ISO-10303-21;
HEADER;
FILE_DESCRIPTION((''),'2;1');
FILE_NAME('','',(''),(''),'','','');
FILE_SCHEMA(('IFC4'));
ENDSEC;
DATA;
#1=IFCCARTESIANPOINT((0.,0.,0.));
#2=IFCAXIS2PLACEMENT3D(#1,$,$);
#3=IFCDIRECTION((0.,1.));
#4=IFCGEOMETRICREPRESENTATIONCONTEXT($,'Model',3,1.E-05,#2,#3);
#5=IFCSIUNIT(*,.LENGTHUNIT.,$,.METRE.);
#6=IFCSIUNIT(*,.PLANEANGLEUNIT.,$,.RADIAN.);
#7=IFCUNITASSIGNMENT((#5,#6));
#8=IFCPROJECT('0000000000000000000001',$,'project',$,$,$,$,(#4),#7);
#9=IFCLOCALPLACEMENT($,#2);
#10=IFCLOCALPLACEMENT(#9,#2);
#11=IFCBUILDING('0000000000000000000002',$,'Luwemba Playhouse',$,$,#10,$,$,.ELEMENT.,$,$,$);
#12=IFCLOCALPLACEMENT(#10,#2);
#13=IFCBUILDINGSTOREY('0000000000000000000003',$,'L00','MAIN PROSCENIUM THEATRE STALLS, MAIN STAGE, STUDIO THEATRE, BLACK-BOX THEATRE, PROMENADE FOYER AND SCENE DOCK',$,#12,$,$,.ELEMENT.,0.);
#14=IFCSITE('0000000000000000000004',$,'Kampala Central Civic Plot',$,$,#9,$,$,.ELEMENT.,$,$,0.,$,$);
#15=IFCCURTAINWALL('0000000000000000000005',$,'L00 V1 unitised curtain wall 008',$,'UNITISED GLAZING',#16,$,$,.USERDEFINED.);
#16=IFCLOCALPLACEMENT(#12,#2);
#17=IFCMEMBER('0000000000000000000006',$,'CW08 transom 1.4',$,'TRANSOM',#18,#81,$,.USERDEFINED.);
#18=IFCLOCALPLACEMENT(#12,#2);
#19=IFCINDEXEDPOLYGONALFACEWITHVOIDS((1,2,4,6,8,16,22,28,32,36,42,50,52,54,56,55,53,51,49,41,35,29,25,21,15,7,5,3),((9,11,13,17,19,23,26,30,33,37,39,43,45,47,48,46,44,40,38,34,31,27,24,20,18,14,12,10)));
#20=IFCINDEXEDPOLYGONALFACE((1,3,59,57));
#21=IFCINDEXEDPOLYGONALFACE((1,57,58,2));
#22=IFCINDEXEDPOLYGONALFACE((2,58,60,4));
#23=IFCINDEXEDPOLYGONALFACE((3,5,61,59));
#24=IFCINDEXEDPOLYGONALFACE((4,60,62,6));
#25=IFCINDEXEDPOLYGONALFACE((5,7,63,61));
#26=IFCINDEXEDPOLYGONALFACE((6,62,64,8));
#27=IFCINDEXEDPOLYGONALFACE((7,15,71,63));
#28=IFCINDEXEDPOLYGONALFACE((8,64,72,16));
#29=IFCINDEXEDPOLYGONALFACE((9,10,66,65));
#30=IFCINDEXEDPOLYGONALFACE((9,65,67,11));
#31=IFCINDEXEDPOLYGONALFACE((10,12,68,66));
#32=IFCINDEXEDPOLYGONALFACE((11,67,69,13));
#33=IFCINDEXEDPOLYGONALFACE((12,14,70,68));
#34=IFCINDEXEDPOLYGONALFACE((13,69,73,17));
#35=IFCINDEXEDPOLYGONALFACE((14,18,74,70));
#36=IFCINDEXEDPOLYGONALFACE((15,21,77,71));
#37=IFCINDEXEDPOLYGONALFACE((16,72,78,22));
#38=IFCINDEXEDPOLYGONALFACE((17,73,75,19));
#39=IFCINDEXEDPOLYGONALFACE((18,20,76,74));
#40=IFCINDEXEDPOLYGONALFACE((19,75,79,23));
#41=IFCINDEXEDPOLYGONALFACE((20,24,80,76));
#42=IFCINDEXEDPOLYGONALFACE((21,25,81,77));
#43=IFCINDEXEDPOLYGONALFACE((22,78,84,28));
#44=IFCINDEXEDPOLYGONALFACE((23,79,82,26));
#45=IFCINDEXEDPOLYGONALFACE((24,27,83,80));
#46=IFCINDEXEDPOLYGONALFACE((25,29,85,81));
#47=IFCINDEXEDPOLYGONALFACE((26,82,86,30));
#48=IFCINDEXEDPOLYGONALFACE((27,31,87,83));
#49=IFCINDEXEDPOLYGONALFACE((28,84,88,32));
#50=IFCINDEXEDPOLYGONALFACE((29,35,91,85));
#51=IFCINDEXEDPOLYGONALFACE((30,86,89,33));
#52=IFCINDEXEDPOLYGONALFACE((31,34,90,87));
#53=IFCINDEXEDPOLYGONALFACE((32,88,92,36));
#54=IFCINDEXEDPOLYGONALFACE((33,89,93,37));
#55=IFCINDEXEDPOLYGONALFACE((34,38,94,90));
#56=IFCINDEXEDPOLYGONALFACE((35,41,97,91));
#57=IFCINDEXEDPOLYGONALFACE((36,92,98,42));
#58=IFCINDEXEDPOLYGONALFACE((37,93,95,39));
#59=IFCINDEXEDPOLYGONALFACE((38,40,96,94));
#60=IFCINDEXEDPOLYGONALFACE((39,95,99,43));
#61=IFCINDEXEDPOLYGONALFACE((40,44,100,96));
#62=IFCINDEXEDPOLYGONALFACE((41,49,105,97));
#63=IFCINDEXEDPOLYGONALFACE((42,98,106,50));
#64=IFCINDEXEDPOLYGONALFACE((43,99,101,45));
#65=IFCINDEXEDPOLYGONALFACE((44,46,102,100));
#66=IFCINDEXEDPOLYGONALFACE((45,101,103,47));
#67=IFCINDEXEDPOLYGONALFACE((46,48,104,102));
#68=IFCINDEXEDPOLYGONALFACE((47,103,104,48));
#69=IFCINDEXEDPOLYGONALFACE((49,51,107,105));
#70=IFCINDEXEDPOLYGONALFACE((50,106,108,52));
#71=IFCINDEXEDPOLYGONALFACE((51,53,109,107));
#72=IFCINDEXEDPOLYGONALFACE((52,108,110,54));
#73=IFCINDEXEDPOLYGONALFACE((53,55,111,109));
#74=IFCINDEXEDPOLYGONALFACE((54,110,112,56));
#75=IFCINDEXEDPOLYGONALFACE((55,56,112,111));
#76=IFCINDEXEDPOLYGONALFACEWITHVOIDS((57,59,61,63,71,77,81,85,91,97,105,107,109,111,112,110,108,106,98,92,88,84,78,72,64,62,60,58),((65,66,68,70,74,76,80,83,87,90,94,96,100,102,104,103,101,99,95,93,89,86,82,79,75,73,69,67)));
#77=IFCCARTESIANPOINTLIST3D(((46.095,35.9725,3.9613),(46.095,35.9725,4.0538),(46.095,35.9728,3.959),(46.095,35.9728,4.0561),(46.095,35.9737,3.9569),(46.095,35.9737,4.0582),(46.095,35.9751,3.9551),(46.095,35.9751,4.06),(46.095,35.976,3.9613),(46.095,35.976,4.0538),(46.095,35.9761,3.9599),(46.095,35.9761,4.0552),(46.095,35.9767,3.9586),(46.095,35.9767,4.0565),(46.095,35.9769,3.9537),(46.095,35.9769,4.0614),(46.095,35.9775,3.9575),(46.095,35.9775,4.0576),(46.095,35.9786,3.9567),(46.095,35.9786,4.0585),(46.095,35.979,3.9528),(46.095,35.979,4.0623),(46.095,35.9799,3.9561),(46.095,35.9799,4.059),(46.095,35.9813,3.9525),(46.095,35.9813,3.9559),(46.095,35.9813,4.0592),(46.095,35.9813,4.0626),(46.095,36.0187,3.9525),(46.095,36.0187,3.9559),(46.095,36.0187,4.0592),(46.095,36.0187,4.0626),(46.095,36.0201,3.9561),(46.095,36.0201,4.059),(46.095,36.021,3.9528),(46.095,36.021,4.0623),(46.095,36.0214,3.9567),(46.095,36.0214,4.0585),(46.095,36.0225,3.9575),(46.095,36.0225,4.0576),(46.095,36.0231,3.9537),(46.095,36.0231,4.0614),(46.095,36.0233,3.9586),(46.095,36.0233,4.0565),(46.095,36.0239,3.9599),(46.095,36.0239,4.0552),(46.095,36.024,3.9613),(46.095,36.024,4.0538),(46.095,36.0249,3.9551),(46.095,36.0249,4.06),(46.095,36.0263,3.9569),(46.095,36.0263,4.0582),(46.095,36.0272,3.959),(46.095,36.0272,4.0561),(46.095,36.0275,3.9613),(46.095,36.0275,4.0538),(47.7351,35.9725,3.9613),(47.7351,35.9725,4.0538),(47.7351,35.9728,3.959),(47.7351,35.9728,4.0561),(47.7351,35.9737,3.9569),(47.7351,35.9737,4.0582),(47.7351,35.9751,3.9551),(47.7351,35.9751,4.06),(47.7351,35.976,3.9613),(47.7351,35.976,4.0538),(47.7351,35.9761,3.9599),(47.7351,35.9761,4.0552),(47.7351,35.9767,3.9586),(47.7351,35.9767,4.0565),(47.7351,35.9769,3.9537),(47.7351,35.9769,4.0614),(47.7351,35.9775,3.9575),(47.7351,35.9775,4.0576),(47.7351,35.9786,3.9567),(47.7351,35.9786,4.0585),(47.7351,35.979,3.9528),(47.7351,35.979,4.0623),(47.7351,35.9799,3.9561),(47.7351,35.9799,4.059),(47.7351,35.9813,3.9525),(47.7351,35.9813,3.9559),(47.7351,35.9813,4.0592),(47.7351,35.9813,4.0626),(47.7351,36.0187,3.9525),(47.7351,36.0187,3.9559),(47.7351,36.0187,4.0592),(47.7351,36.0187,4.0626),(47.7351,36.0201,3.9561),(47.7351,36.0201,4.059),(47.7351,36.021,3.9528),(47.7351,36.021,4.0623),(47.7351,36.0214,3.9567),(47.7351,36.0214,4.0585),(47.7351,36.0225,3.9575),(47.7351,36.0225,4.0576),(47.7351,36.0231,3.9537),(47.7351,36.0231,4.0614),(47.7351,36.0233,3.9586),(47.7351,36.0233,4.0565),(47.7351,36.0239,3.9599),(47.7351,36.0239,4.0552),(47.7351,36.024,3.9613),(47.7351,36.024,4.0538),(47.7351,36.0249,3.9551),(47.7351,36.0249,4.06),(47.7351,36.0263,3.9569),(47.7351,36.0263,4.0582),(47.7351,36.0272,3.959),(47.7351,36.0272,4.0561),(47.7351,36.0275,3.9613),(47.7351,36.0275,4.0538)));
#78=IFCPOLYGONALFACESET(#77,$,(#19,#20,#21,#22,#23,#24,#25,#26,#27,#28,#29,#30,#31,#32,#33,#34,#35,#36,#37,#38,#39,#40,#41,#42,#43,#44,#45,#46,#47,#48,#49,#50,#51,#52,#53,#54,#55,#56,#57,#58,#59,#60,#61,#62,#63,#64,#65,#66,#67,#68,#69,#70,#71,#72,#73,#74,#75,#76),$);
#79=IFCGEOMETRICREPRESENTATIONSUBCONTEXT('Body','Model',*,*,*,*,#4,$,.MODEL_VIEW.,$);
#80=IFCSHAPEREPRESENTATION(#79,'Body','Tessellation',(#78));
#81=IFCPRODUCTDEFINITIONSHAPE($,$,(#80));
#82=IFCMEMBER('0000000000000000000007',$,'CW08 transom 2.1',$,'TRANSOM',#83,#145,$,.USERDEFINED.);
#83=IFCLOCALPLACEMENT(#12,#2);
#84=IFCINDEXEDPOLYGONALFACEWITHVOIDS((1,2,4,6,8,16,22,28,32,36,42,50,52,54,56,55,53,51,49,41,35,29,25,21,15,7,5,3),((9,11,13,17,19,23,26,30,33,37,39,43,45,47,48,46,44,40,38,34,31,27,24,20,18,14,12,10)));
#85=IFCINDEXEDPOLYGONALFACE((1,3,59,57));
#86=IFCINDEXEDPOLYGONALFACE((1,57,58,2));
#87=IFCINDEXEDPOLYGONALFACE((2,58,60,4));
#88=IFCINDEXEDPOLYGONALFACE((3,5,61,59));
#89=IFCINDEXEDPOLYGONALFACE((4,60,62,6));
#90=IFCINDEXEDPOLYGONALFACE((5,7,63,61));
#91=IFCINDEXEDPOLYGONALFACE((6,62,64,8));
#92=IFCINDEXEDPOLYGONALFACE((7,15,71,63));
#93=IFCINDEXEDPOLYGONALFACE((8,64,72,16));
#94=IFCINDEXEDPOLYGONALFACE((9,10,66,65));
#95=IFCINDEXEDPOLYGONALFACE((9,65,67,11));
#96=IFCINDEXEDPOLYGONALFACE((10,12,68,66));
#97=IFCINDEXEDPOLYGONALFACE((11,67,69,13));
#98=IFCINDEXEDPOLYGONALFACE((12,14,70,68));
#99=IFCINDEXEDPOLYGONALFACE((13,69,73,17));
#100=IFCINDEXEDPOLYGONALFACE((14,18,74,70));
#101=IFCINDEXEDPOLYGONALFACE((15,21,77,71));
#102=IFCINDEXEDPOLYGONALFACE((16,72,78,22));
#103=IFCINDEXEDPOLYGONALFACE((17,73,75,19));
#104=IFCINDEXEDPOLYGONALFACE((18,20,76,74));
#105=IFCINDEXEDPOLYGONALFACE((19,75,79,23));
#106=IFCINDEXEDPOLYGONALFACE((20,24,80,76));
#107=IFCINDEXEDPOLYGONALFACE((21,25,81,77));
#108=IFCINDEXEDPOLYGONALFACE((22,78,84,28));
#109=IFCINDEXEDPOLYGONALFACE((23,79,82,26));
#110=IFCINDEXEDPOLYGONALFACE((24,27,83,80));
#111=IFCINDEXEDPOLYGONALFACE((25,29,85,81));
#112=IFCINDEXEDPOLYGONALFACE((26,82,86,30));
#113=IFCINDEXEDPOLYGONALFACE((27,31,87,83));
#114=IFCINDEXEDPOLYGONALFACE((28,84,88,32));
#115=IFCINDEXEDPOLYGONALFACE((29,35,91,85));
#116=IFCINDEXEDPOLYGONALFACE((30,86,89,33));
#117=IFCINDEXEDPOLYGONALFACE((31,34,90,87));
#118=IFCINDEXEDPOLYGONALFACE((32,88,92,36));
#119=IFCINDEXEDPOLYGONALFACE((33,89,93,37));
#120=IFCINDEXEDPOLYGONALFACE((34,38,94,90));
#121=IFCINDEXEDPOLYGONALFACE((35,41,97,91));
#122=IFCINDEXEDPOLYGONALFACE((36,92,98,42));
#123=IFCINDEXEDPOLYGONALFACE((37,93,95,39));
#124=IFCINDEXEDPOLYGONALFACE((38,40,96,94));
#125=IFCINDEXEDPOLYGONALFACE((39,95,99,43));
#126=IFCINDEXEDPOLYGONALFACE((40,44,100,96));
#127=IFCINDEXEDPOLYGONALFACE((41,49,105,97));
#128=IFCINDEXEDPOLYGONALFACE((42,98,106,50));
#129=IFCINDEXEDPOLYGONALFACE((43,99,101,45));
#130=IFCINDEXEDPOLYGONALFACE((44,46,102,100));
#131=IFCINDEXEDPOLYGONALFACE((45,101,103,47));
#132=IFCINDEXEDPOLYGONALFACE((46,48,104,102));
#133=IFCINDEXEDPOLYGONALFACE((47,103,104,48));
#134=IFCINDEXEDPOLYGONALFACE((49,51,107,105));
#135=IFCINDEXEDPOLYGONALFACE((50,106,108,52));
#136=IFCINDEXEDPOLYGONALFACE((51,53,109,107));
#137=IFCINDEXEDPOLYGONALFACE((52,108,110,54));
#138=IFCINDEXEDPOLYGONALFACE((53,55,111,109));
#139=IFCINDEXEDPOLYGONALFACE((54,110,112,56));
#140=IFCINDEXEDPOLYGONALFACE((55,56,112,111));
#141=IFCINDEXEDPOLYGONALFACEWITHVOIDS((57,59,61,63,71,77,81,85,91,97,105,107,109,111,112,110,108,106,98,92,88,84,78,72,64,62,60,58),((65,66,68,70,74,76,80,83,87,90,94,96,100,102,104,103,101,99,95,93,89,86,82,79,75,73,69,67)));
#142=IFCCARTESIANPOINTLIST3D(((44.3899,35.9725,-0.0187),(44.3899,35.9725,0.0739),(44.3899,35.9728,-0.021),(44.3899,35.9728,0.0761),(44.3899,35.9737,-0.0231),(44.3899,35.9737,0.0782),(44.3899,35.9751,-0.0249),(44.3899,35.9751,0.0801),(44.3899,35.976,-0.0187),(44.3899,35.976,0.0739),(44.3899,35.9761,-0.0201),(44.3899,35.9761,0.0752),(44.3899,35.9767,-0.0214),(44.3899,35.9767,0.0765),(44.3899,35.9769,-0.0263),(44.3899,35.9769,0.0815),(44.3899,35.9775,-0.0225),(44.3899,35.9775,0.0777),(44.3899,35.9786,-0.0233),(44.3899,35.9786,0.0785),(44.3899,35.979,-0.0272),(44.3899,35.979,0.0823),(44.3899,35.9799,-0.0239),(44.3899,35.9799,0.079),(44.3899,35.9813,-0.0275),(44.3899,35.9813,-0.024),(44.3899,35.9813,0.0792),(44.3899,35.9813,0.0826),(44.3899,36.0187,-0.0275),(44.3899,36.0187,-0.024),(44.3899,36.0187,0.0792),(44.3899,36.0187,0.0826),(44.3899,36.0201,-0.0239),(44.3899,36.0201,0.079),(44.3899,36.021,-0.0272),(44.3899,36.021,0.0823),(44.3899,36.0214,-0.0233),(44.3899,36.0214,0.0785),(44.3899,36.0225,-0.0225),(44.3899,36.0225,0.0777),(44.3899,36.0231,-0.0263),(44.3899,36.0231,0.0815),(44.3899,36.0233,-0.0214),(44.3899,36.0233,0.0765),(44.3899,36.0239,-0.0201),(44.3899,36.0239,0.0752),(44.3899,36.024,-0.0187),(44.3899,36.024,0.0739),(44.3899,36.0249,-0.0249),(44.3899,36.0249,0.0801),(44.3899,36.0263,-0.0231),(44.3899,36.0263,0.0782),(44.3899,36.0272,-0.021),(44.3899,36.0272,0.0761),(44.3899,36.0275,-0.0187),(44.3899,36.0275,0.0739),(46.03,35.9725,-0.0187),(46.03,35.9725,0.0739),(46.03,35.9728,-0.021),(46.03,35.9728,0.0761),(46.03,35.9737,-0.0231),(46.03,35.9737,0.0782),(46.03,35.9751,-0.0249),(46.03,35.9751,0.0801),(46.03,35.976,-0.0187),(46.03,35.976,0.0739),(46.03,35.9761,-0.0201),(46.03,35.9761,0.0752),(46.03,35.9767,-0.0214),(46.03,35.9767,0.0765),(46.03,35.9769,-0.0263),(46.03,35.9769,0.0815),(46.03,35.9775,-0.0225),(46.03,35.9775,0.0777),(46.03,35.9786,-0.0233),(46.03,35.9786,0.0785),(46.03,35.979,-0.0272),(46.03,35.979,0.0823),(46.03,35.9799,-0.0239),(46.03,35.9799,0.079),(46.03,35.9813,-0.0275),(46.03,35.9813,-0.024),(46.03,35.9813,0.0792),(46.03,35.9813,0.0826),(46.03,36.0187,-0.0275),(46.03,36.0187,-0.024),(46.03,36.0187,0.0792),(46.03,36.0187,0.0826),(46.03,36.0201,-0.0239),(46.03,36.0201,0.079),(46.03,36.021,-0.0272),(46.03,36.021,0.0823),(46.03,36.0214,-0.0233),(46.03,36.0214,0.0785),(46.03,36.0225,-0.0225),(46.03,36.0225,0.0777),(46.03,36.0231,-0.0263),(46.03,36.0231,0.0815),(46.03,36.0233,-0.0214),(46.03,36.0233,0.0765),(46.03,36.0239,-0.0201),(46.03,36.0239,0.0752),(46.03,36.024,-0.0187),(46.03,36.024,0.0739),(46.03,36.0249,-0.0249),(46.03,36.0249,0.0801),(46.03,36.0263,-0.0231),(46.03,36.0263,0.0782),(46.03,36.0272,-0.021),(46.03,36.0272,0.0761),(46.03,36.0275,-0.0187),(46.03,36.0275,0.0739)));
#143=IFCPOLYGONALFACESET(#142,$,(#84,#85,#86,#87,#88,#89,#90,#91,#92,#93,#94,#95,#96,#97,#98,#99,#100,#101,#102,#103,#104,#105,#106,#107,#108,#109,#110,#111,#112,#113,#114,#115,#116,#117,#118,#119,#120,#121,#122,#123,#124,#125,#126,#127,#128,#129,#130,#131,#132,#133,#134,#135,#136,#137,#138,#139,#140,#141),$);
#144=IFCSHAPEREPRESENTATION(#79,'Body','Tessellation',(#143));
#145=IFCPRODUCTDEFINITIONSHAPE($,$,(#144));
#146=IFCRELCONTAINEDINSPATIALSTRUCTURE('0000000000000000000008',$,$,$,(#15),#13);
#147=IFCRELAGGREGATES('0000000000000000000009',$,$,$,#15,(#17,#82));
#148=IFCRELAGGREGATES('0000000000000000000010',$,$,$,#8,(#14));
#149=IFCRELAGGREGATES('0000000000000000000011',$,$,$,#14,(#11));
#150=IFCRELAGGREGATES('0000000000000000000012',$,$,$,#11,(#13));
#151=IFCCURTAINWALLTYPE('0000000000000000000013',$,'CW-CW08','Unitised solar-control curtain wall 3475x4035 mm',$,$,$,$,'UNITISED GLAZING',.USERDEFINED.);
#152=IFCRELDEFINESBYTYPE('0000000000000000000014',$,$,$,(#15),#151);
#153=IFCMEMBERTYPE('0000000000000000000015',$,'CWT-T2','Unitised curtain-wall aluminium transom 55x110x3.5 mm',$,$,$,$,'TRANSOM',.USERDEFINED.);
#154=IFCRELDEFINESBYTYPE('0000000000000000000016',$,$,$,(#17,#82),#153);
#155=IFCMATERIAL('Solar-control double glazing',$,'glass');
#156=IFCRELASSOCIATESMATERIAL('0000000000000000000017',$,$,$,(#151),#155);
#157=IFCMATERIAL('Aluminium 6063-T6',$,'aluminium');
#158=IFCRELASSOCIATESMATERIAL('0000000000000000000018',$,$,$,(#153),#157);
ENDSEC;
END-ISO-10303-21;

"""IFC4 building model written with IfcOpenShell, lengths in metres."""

from ifc_helpers import new_model, si_unit, direction, frame, origin, origin_2d, place, context, subcontext, project, spatial, hollow_rectangle, extrude, material, material_profile, profile_set, type_object, element, aggregate, save


model = new_model("IFC4")

# Units and contexts
model_context = context("Model", 3, precision=1e-05, world=origin(), true_north=direction((0.0, 1.0)))
body_context = subcontext(model_context, "Body", "Model", "MODEL_VIEW")
ifc_project = project(units=[si_unit("LENGTHUNIT", "METRE"), si_unit("PLANEANGLEUNIT", "RADIAN")], contexts=[model_context])

# Site, building, storey
site_placement = place(None, origin())
site = spatial("IfcSite", under=ifc_project, at=site_placement, Name="Kampala Central Civic Plot", CompositionType="ELEMENT", RefElevation=0.0)
building_placement = place(site_placement, origin())
building = spatial("IfcBuilding", under=site, at=building_placement, Name="Luwemba Playhouse", CompositionType="ELEMENT")
storey_placement = place(building_placement, origin())
storey = spatial("IfcBuildingStorey", under=building, at=storey_placement, Name="L00", Description="MAIN PROSCENIUM THEATRE STALLS, MAIN STAGE, STUDIO THEATRE, BLACK-BOX THEATRE, PROMENADE FOYER AND SCENE DOCK", CompositionType="ELEMENT", Elevation=0.0)

# Shared definitions
ifc_material_1 = material(Name="Solar-control double glazing", Category="glass")
ifc_material_2 = material(Name="Aluminium 6063-T6", Category="aluminium")

# Curtain wall
curtain_wall_type_1 = type_object("IfcCurtainWallType", Name="CW-CW08", Description="Unitised solar-control curtain wall 3475x4035 mm", ElementType="UNITISED GLAZING", PredefinedType="USERDEFINED", material=ifc_material_1)
curtain_wall_1_placement = place(storey_placement, origin())
curtain_wall_1 = element("IfcCurtainWall", 1, at=curtain_wall_1_placement, inside=storey, type_object=curtain_wall_type_1, Name="L00 V1 unitised curtain wall 008", ObjectType="UNITISED GLAZING", PredefinedType="USERDEFINED")

# Members
ifc_material_profile_1 = material_profile(ifc_material_2, hollow_rectangle(XDim=0.0549, YDim=0.1101, WallThickness=0.0034, InnerFilletRadius=0.0054, OuterFilletRadius=0.0088, at=origin_2d()))
ifc_profile_set_1 = profile_set([ifc_material_profile_1], Name="Aluminium 6063-T6")
member_type_1 = type_object("IfcMemberType", Name="CWT-T2", Description="Unitised curtain-wall aluminium transom 55x110x3.5 mm", ElementType="TRANSOM", PredefinedType="USERDEFINED", material=ifc_profile_set_1)
member_1_placement = place(storey_placement, frame((47.7351, 36.0, 4.0076), z_axis=(-1.0, 0.0, 0.0), x_axis=(0.0, -1.0, 0.0)))
member_1 = element("IfcMember", 2, at=member_1_placement, type_object=member_type_1, Name="CW08 transom 1.4", ObjectType="TRANSOM", PredefinedType="USERDEFINED", context=body_context, shape_type="SweptSolid", body=[
    extrude(hollow_rectangle(XDim=0.0549, YDim=0.1101, WallThickness=0.0034, InnerFilletRadius=0.0054, OuterFilletRadius=0.0088, at=origin_2d()), origin(), (0.0, 0.0, 1.0), 1.6401),
])
member_2_placement = place(storey_placement, frame((46.03, 36.0, 0.0276), z_axis=(-1.0, 0.0, 0.0), x_axis=(0.0, -1.0, 0.0)))
member_2 = element("IfcMember", 3, at=member_2_placement, type_object=member_type_1, Name="CW08 transom 2.1", ObjectType="TRANSOM", PredefinedType="USERDEFINED", context=body_context, shape_type="SweptSolid", body=[
    extrude(hollow_rectangle(XDim=0.0549, YDim=0.1101, WallThickness=0.0034, InnerFilletRadius=0.0054, OuterFilletRadius=0.0088, at=origin_2d()), origin(), (0.0, 0.0, 1.0), 1.6401),
])

aggregate(curtain_wall_1, [member_1, member_2])

save(model, "model.ifc")
